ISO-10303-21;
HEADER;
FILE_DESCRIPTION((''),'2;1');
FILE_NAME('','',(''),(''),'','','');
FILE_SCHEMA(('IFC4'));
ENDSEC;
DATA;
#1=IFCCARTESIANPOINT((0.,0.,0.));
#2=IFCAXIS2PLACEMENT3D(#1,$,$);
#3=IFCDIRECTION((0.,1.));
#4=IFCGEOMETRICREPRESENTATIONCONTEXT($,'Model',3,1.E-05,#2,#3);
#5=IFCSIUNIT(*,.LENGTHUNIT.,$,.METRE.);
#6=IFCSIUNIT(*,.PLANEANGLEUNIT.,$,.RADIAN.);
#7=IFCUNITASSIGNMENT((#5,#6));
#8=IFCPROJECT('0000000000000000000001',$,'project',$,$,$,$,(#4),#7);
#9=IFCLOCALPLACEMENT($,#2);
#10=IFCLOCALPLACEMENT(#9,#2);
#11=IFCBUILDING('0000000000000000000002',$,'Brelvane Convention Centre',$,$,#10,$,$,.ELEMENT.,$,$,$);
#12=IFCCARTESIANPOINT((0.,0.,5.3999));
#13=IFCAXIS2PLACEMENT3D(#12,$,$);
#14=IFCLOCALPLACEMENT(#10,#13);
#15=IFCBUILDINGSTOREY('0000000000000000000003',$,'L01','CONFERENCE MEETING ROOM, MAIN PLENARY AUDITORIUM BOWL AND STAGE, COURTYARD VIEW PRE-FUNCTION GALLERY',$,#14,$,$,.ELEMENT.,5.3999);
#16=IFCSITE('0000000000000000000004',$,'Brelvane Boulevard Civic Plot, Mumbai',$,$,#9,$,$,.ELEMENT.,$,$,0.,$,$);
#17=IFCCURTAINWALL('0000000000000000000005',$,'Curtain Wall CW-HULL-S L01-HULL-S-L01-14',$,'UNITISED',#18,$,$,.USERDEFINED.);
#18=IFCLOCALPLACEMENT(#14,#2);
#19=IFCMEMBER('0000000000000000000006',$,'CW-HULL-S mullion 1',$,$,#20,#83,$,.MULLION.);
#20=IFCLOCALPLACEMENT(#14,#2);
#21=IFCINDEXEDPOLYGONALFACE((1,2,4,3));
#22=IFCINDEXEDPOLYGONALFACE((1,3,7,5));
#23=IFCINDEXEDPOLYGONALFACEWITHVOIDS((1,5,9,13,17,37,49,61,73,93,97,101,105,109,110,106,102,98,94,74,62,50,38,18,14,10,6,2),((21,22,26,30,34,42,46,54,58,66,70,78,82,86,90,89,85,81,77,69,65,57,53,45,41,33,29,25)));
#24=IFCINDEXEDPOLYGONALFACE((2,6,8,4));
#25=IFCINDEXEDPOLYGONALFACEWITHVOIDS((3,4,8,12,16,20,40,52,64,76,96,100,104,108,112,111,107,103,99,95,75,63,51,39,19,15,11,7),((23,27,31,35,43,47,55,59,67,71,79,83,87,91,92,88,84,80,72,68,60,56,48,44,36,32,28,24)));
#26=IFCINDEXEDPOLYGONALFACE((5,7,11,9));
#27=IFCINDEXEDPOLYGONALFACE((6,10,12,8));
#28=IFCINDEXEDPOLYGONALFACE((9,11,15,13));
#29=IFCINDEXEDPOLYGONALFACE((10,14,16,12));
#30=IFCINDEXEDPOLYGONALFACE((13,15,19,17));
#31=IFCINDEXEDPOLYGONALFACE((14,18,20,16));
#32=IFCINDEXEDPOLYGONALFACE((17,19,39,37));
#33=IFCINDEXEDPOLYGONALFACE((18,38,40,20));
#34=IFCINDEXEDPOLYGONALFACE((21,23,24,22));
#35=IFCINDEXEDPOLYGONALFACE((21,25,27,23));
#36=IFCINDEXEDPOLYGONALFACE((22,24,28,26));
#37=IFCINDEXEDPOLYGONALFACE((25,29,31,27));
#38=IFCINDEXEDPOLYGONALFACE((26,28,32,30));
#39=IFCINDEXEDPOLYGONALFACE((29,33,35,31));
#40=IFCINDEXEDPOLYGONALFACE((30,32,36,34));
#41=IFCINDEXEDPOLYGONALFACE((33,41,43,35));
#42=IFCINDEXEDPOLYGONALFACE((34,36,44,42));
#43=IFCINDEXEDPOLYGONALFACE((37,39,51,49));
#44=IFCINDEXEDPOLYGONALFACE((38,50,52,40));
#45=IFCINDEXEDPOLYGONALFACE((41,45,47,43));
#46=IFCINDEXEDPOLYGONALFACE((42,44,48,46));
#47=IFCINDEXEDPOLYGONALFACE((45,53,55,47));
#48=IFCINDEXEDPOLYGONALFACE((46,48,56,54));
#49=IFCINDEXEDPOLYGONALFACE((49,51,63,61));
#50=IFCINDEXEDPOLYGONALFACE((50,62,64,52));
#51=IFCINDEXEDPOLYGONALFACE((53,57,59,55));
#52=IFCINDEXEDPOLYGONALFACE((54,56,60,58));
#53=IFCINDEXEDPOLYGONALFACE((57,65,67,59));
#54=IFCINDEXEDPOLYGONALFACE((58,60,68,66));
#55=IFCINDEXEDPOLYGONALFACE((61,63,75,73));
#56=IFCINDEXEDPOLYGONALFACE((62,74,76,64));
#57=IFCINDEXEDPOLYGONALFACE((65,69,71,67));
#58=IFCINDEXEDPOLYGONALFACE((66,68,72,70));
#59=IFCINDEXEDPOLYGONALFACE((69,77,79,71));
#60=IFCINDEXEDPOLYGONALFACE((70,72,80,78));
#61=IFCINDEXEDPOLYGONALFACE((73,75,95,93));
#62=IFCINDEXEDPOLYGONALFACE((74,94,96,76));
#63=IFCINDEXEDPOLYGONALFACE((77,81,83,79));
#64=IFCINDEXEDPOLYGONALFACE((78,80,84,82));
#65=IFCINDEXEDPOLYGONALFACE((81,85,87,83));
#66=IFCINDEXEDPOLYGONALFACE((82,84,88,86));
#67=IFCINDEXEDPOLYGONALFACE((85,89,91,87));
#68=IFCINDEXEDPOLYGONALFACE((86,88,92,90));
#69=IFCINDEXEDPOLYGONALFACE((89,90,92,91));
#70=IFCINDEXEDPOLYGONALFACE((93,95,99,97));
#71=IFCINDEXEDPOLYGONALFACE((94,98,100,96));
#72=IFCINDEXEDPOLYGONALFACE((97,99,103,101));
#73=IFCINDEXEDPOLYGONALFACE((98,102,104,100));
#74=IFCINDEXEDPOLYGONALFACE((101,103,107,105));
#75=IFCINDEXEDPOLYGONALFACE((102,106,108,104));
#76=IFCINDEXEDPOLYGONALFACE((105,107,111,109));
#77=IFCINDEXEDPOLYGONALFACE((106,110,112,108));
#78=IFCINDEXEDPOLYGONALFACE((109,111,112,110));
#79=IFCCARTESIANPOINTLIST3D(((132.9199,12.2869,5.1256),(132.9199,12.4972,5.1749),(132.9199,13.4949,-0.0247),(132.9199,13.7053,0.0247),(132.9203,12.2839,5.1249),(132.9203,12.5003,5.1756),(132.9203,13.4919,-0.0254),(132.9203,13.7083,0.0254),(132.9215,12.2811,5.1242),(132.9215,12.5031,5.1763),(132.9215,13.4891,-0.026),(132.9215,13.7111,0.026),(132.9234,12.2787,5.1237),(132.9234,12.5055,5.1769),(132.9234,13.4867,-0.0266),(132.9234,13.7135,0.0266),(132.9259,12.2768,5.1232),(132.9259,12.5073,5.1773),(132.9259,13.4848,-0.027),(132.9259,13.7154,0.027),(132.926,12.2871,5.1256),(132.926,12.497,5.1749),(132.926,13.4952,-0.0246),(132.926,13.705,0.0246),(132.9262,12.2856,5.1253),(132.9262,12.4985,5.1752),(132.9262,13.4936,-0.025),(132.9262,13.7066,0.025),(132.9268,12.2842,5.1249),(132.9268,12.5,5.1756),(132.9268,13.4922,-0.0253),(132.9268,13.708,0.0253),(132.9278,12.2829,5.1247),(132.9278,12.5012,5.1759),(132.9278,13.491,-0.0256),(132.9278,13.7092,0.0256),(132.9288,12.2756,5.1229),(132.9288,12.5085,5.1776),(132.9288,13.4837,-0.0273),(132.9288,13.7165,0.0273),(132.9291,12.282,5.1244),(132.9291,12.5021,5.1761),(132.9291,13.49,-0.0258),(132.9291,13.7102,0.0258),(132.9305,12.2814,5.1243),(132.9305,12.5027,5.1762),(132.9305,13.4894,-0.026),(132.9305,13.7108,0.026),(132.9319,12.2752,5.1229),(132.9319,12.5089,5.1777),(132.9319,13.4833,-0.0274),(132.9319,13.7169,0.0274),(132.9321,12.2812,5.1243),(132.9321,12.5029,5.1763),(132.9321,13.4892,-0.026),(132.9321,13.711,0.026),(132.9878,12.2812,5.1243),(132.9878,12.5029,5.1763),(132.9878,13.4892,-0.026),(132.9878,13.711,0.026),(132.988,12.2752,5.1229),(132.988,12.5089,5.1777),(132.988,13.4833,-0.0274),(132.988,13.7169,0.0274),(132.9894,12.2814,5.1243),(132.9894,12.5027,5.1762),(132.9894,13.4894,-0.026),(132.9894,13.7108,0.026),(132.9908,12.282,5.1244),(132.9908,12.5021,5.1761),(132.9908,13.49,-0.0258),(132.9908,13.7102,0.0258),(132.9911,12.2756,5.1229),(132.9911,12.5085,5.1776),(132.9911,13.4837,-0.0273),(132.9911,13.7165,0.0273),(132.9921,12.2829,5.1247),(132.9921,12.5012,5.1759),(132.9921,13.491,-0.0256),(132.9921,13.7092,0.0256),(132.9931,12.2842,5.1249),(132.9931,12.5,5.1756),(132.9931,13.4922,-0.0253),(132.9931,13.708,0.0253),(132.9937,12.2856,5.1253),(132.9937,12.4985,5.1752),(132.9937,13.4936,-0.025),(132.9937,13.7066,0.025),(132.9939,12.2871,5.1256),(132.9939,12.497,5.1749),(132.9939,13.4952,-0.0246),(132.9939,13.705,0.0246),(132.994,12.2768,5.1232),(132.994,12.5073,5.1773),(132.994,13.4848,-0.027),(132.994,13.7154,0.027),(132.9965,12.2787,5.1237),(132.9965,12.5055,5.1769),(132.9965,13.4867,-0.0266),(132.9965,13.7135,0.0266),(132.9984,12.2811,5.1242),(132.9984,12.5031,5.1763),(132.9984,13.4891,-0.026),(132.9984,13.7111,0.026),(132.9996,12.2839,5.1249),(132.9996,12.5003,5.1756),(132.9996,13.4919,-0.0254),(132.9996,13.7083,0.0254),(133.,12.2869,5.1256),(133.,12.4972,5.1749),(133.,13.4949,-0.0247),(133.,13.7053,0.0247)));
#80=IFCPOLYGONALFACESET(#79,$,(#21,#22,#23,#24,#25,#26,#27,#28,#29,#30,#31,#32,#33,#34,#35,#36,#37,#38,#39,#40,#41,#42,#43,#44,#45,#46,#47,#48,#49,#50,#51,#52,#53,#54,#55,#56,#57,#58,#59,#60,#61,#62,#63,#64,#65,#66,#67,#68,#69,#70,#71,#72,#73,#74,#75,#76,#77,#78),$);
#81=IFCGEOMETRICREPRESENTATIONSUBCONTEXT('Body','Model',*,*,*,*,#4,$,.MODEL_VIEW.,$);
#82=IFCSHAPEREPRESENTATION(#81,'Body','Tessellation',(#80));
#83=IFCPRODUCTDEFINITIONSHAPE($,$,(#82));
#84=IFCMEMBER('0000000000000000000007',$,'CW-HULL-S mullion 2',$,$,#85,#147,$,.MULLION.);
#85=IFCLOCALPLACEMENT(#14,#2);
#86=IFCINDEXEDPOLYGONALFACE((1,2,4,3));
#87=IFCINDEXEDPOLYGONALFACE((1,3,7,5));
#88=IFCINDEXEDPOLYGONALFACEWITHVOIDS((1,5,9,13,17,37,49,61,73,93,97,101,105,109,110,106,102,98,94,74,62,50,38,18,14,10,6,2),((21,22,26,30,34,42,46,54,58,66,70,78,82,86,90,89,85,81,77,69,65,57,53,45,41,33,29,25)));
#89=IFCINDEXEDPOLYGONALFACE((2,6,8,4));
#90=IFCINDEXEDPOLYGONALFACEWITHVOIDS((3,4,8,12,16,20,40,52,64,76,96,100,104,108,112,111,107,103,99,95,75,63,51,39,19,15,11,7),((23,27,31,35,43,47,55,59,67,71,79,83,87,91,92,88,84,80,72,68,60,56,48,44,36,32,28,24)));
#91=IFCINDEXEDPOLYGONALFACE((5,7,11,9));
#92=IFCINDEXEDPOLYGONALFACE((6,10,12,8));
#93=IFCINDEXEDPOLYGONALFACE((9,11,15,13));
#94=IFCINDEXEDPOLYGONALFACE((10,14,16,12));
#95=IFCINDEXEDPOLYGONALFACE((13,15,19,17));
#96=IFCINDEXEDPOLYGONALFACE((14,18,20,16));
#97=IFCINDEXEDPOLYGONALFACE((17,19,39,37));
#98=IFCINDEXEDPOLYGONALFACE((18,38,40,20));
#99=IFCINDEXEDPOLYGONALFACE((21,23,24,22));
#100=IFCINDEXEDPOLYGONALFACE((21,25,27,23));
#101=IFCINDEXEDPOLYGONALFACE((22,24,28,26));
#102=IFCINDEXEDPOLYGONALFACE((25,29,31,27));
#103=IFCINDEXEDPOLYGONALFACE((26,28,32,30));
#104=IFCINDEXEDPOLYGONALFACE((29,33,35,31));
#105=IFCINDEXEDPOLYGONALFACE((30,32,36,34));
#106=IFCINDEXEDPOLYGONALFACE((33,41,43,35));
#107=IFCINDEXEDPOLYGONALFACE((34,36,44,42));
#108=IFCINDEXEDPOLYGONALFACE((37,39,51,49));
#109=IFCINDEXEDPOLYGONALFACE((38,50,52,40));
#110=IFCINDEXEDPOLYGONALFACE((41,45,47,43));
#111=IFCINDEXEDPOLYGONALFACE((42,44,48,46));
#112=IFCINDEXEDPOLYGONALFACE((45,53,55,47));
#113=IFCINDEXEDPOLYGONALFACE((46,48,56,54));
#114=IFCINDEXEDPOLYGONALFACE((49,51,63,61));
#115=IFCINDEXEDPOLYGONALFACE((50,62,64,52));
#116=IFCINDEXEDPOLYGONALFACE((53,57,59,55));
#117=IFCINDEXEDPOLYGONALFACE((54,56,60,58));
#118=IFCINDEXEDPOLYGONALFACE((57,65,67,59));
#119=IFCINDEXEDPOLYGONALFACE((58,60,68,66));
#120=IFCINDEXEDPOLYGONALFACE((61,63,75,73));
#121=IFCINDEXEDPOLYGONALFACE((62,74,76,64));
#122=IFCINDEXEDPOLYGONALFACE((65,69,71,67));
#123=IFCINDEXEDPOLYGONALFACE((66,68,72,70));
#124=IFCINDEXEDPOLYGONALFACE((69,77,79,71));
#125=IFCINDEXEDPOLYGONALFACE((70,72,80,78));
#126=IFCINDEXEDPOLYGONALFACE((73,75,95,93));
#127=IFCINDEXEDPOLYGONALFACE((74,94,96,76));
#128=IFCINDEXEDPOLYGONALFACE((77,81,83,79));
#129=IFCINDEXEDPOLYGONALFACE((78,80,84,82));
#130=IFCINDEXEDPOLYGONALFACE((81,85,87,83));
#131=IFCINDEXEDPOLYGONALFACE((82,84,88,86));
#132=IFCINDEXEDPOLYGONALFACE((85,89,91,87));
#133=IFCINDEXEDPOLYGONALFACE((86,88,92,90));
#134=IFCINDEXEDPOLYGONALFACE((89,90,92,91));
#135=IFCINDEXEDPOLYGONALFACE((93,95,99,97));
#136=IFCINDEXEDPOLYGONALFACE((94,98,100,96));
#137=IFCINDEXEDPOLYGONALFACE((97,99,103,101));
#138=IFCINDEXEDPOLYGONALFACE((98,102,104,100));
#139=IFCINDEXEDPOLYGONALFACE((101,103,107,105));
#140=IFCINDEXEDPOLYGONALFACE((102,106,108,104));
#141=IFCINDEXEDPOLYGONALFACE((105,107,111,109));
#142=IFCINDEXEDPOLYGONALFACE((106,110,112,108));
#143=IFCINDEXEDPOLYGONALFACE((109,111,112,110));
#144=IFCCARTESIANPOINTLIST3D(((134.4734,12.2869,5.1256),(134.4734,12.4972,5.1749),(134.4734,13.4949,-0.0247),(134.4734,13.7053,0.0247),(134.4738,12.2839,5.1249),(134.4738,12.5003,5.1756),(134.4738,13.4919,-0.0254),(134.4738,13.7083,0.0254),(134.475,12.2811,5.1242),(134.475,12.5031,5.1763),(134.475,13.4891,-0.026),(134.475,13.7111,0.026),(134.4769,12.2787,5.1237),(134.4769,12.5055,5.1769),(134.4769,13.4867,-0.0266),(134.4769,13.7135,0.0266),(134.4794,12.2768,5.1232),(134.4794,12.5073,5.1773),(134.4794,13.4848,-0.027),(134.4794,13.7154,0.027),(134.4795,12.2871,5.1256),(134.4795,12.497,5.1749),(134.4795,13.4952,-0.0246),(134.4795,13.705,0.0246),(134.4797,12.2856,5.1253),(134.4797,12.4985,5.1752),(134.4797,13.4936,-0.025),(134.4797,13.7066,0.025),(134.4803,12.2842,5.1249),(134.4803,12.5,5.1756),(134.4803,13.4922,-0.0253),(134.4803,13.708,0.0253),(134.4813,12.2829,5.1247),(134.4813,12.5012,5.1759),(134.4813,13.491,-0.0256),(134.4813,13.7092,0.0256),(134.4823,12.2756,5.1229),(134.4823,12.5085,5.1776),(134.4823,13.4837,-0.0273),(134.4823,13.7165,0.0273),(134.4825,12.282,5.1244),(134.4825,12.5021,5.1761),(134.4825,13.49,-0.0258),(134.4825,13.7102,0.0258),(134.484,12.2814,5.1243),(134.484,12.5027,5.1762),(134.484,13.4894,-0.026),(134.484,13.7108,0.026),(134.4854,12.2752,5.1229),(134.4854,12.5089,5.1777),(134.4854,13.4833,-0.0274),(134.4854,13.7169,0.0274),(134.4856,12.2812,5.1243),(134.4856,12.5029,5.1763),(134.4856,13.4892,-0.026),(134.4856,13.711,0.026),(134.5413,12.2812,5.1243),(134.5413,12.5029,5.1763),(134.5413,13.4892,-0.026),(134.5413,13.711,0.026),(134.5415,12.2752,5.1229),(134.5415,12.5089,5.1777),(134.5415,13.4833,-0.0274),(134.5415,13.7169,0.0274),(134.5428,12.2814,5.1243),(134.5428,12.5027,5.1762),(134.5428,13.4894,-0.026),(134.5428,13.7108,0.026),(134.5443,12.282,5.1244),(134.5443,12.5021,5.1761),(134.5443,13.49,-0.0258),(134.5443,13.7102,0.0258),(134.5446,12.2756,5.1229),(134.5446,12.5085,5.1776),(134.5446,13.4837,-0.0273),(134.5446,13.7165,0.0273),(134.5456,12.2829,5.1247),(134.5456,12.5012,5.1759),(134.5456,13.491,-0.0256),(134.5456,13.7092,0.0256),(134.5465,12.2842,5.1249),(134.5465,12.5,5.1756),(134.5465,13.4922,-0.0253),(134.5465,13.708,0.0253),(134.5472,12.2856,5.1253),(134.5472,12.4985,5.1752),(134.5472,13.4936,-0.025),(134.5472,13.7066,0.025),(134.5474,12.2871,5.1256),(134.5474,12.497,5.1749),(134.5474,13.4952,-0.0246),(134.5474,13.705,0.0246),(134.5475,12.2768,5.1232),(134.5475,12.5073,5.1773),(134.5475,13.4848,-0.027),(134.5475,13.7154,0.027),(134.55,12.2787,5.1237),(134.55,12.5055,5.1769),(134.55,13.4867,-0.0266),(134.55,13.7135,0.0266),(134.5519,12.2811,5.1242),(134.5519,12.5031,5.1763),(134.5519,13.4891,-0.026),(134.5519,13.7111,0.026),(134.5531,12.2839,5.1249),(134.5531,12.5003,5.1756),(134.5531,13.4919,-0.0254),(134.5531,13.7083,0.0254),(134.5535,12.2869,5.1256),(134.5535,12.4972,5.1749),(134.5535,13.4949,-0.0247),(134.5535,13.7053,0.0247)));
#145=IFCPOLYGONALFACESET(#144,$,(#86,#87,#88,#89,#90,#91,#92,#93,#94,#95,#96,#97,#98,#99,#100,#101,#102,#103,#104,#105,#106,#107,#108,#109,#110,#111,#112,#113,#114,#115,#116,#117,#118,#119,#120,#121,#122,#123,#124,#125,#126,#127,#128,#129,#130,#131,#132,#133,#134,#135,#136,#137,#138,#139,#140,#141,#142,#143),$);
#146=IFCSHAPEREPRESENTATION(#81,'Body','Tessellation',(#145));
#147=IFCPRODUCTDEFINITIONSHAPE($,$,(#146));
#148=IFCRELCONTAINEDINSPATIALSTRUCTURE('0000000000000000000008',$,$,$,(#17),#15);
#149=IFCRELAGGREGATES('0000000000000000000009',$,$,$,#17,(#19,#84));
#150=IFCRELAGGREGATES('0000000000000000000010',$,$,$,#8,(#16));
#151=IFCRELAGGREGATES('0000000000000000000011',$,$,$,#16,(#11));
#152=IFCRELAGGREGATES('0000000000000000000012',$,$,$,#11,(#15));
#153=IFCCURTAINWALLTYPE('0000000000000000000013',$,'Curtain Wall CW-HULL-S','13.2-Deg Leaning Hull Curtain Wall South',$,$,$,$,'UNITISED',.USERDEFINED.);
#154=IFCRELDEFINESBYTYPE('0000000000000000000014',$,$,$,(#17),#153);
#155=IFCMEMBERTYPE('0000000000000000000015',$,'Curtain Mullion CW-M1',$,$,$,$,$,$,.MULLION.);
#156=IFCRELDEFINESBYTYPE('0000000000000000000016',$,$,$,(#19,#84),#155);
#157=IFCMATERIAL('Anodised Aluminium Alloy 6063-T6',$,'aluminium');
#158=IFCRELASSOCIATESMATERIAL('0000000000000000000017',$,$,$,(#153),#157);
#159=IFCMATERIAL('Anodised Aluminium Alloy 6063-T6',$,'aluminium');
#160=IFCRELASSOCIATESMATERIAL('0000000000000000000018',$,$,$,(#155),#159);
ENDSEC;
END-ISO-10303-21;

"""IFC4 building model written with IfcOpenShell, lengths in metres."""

from ifc_helpers import new_model, si_unit, direction, frame, origin, origin_2d, place, context, subcontext, project, spatial, hollow_rectangle, extrude, material, material_profile, profile_set, type_object, element, aggregate, save


model = new_model("IFC4")

# Units and contexts
model_context = context("Model", 3, precision=1e-05, world=origin(), true_north=direction((0.0, 1.0)))
body_context = subcontext(model_context, "Body", "Model", "MODEL_VIEW")
ifc_project = project(units=[si_unit("LENGTHUNIT", "METRE"), si_unit("PLANEANGLEUNIT", "RADIAN")], contexts=[model_context])

# Site, building, storey
site_placement = place(None, origin())
site = spatial("IfcSite", under=ifc_project, at=site_placement, Name="Brelvane Boulevard Civic Plot, Mumbai", CompositionType="ELEMENT", RefElevation=0.0)
building_placement = place(site_placement, origin())
building = spatial("IfcBuilding", under=site, at=building_placement, Name="Brelvane Convention Centre", CompositionType="ELEMENT")
storey_placement = place(building_placement, frame((0.0, 0.0, 5.3999)))
storey = spatial("IfcBuildingStorey", under=building, at=storey_placement, Name="L01", Description="CONFERENCE MEETING ROOM, MAIN PLENARY AUDITORIUM BOWL AND STAGE, COURTYARD VIEW PRE-FUNCTION GALLERY", CompositionType="ELEMENT", Elevation=5.3999)

# Curtain wall, members
ifc_material_1 = material(Name="Anodised Aluminium Alloy 6063-T6", Category="aluminium")
curtain_wall_type = type_object("IfcCurtainWallType", Name="Curtain Wall CW-HULL-S", Description="13.2-Deg Leaning Hull Curtain Wall South", ElementType="UNITISED", PredefinedType="USERDEFINED", material=ifc_material_1)
ifc_material_2 = material(Name="Anodised Aluminium Alloy 6063-T6", Category="aluminium")
ifc_material_profile_1 = material_profile(ifc_material_2, hollow_rectangle(XDim=0.0801, YDim=0.24, WallThickness=0.0061, InnerFilletRadius=0.0061, OuterFilletRadius=0.012, at=origin_2d()), Name="ALU-M 240x80x6.0")
ifc_profile_set_1 = profile_set([ifc_material_profile_1], Name="Anodised Aluminium Alloy 6063-T6")
member_type_1 = type_object("IfcMemberType", Name="Curtain Mullion CW-M1", PredefinedType="MULLION", material=ifc_profile_set_1)
curtain_wall_1_placement = place(storey_placement, origin())
curtain_wall_1 = element("IfcCurtainWall", 1, at=curtain_wall_1_placement, inside=storey, type_object=curtain_wall_type, Name="Curtain Wall CW-HULL-S L01-HULL-S-L01-14", ObjectType="UNITISED", PredefinedType="USERDEFINED")
member_1_placement = place(storey_placement, frame((132.96, 13.6001, 0.0), z_axis=(0.0, -0.22836, 0.973577), x_axis=(1.0, 0.0, 0.0)))
member_1 = element("IfcMember", 2, at=member_1_placement, type_object=member_type_1, Name="CW-HULL-S mullion 1", PredefinedType="MULLION", context=body_context, shape_type="SweptSolid", body=[
    extrude(hollow_rectangle(XDim=0.0801, YDim=0.24, WallThickness=0.0061, InnerFilletRadius=0.0061, OuterFilletRadius=0.012, at=origin_2d()), origin(), (0.0, 0.0, 1.0), 5.29),
])
member_2_placement = place(storey_placement, frame((134.5134, 13.6001, 0.0), z_axis=(0.0, -0.22836, 0.973577), x_axis=(1.0, 0.0, 0.0)))
member_2 = element("IfcMember", 3, at=member_2_placement, type_object=member_type_1, Name="CW-HULL-S mullion 2", PredefinedType="MULLION", context=body_context, shape_type="SweptSolid", body=[
    extrude(hollow_rectangle(XDim=0.0801, YDim=0.24, WallThickness=0.0061, InnerFilletRadius=0.0061, OuterFilletRadius=0.012, at=origin_2d()), origin(), (0.0, 0.0, 1.0), 5.29),
])

aggregate(curtain_wall_1, [member_1, member_2])

save(model, "model.ifc")
